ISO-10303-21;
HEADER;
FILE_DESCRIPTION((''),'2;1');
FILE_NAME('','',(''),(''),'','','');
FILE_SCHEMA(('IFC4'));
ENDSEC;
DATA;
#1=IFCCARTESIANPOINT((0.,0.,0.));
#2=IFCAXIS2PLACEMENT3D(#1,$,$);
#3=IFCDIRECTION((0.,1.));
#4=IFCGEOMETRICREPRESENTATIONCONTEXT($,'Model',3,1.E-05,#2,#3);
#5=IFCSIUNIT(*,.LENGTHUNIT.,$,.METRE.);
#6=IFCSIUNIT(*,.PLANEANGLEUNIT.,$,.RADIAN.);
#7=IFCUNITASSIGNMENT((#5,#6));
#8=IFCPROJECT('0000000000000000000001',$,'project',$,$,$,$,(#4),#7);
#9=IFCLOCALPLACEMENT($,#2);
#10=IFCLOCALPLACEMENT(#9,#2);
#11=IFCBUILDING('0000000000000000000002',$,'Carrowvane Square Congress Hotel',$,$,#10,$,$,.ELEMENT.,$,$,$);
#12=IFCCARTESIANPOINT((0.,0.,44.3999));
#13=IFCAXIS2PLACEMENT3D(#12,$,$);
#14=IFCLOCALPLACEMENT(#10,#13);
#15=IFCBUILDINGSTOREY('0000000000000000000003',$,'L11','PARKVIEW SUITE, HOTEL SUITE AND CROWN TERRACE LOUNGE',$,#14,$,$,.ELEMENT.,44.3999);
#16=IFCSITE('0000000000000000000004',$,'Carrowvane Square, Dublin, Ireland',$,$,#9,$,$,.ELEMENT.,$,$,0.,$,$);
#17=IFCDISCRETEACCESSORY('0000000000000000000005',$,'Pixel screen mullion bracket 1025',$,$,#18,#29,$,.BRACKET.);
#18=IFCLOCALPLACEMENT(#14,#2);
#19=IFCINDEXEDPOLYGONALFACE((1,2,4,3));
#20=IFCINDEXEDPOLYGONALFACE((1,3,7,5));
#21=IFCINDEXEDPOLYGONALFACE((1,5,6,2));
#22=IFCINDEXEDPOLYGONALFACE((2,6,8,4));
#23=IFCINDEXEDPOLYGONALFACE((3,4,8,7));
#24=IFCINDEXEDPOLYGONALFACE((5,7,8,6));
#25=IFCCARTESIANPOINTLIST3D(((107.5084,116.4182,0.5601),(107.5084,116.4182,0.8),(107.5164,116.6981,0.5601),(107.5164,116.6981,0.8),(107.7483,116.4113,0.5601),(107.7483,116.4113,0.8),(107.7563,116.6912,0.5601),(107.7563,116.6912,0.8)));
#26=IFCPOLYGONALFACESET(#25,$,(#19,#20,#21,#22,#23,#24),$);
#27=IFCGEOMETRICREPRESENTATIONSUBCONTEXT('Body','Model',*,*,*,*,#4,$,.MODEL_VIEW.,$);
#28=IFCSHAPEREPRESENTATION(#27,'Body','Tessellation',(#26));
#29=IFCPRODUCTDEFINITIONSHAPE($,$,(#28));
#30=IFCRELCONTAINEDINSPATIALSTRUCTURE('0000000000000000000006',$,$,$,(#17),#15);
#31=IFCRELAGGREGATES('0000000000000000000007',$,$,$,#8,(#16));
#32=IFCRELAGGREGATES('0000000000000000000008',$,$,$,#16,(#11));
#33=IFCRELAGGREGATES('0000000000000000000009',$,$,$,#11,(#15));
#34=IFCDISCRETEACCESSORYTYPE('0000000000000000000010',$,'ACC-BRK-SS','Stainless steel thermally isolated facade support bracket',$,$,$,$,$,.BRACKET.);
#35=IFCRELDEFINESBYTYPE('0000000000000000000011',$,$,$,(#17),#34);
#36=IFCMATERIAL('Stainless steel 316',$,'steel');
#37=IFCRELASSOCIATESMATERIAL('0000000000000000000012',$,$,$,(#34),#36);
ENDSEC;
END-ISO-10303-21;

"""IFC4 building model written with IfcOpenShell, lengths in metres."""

from ifc_helpers import new_model, si_unit, direction, frame, origin, origin_2d, place, context, subcontext, project, spatial, rectangle, extrude, material, type_object, element, save


model = new_model("IFC4")

# Units and contexts
model_context = context("Model", 3, precision=1e-05, world=origin(), true_north=direction((0.0, 1.0)))
body_context = subcontext(model_context, "Body", "Model", "MODEL_VIEW")
ifc_project = project(units=[si_unit("LENGTHUNIT", "METRE"), si_unit("PLANEANGLEUNIT", "RADIAN")], contexts=[model_context])

# Site, building, storey
site_placement = place(None, origin())
site = spatial("IfcSite", under=ifc_project, at=site_placement, Name="Carrowvane Square, Dublin, Ireland", CompositionType="ELEMENT", RefElevation=0.0)
building_placement = place(site_placement, origin())
building = spatial("IfcBuilding", under=site, at=building_placement, Name="Carrowvane Square Congress Hotel", CompositionType="ELEMENT")
storey_placement = place(building_placement, frame((0.0, 0.0, 44.3999)))
storey = spatial("IfcBuildingStorey", under=building, at=storey_placement, Name="L11", Description="PARKVIEW SUITE, HOTEL SUITE AND CROWN TERRACE LOUNGE", CompositionType="ELEMENT", Elevation=44.3999)

# Discrete accessory
ifc_material_1 = material(Name="Stainless steel 316", Category="steel")
discrete_accessory_type = type_object("IfcDiscreteAccessoryType", Name="ACC-BRK-SS", Description="Stainless steel thermally isolated facade support bracket", PredefinedType="BRACKET", material=ifc_material_1)
for number, where, z_axis, x_axis, name in (
    (1, (107.6323, 116.5547, 0.5601), (0.0, 0.0, 1.0), (0.99959, -0.028639, 0.0), "Pixel screen mullion bracket 1025"),
):
    element("IfcDiscreteAccessory", number, at=place(storey_placement, frame(where, z_axis=z_axis, x_axis=x_axis)), inside=storey, type_object=discrete_accessory_type, Name=name, PredefinedType="BRACKET", context=body_context, shape_type="SweptSolid", body=[
        extrude(rectangle(XDim=0.24, YDim=0.28, at=origin_2d()), origin(), (0.0, 0.0, 1.0), 0.24),
    ])

save(model, "model.ifc")
